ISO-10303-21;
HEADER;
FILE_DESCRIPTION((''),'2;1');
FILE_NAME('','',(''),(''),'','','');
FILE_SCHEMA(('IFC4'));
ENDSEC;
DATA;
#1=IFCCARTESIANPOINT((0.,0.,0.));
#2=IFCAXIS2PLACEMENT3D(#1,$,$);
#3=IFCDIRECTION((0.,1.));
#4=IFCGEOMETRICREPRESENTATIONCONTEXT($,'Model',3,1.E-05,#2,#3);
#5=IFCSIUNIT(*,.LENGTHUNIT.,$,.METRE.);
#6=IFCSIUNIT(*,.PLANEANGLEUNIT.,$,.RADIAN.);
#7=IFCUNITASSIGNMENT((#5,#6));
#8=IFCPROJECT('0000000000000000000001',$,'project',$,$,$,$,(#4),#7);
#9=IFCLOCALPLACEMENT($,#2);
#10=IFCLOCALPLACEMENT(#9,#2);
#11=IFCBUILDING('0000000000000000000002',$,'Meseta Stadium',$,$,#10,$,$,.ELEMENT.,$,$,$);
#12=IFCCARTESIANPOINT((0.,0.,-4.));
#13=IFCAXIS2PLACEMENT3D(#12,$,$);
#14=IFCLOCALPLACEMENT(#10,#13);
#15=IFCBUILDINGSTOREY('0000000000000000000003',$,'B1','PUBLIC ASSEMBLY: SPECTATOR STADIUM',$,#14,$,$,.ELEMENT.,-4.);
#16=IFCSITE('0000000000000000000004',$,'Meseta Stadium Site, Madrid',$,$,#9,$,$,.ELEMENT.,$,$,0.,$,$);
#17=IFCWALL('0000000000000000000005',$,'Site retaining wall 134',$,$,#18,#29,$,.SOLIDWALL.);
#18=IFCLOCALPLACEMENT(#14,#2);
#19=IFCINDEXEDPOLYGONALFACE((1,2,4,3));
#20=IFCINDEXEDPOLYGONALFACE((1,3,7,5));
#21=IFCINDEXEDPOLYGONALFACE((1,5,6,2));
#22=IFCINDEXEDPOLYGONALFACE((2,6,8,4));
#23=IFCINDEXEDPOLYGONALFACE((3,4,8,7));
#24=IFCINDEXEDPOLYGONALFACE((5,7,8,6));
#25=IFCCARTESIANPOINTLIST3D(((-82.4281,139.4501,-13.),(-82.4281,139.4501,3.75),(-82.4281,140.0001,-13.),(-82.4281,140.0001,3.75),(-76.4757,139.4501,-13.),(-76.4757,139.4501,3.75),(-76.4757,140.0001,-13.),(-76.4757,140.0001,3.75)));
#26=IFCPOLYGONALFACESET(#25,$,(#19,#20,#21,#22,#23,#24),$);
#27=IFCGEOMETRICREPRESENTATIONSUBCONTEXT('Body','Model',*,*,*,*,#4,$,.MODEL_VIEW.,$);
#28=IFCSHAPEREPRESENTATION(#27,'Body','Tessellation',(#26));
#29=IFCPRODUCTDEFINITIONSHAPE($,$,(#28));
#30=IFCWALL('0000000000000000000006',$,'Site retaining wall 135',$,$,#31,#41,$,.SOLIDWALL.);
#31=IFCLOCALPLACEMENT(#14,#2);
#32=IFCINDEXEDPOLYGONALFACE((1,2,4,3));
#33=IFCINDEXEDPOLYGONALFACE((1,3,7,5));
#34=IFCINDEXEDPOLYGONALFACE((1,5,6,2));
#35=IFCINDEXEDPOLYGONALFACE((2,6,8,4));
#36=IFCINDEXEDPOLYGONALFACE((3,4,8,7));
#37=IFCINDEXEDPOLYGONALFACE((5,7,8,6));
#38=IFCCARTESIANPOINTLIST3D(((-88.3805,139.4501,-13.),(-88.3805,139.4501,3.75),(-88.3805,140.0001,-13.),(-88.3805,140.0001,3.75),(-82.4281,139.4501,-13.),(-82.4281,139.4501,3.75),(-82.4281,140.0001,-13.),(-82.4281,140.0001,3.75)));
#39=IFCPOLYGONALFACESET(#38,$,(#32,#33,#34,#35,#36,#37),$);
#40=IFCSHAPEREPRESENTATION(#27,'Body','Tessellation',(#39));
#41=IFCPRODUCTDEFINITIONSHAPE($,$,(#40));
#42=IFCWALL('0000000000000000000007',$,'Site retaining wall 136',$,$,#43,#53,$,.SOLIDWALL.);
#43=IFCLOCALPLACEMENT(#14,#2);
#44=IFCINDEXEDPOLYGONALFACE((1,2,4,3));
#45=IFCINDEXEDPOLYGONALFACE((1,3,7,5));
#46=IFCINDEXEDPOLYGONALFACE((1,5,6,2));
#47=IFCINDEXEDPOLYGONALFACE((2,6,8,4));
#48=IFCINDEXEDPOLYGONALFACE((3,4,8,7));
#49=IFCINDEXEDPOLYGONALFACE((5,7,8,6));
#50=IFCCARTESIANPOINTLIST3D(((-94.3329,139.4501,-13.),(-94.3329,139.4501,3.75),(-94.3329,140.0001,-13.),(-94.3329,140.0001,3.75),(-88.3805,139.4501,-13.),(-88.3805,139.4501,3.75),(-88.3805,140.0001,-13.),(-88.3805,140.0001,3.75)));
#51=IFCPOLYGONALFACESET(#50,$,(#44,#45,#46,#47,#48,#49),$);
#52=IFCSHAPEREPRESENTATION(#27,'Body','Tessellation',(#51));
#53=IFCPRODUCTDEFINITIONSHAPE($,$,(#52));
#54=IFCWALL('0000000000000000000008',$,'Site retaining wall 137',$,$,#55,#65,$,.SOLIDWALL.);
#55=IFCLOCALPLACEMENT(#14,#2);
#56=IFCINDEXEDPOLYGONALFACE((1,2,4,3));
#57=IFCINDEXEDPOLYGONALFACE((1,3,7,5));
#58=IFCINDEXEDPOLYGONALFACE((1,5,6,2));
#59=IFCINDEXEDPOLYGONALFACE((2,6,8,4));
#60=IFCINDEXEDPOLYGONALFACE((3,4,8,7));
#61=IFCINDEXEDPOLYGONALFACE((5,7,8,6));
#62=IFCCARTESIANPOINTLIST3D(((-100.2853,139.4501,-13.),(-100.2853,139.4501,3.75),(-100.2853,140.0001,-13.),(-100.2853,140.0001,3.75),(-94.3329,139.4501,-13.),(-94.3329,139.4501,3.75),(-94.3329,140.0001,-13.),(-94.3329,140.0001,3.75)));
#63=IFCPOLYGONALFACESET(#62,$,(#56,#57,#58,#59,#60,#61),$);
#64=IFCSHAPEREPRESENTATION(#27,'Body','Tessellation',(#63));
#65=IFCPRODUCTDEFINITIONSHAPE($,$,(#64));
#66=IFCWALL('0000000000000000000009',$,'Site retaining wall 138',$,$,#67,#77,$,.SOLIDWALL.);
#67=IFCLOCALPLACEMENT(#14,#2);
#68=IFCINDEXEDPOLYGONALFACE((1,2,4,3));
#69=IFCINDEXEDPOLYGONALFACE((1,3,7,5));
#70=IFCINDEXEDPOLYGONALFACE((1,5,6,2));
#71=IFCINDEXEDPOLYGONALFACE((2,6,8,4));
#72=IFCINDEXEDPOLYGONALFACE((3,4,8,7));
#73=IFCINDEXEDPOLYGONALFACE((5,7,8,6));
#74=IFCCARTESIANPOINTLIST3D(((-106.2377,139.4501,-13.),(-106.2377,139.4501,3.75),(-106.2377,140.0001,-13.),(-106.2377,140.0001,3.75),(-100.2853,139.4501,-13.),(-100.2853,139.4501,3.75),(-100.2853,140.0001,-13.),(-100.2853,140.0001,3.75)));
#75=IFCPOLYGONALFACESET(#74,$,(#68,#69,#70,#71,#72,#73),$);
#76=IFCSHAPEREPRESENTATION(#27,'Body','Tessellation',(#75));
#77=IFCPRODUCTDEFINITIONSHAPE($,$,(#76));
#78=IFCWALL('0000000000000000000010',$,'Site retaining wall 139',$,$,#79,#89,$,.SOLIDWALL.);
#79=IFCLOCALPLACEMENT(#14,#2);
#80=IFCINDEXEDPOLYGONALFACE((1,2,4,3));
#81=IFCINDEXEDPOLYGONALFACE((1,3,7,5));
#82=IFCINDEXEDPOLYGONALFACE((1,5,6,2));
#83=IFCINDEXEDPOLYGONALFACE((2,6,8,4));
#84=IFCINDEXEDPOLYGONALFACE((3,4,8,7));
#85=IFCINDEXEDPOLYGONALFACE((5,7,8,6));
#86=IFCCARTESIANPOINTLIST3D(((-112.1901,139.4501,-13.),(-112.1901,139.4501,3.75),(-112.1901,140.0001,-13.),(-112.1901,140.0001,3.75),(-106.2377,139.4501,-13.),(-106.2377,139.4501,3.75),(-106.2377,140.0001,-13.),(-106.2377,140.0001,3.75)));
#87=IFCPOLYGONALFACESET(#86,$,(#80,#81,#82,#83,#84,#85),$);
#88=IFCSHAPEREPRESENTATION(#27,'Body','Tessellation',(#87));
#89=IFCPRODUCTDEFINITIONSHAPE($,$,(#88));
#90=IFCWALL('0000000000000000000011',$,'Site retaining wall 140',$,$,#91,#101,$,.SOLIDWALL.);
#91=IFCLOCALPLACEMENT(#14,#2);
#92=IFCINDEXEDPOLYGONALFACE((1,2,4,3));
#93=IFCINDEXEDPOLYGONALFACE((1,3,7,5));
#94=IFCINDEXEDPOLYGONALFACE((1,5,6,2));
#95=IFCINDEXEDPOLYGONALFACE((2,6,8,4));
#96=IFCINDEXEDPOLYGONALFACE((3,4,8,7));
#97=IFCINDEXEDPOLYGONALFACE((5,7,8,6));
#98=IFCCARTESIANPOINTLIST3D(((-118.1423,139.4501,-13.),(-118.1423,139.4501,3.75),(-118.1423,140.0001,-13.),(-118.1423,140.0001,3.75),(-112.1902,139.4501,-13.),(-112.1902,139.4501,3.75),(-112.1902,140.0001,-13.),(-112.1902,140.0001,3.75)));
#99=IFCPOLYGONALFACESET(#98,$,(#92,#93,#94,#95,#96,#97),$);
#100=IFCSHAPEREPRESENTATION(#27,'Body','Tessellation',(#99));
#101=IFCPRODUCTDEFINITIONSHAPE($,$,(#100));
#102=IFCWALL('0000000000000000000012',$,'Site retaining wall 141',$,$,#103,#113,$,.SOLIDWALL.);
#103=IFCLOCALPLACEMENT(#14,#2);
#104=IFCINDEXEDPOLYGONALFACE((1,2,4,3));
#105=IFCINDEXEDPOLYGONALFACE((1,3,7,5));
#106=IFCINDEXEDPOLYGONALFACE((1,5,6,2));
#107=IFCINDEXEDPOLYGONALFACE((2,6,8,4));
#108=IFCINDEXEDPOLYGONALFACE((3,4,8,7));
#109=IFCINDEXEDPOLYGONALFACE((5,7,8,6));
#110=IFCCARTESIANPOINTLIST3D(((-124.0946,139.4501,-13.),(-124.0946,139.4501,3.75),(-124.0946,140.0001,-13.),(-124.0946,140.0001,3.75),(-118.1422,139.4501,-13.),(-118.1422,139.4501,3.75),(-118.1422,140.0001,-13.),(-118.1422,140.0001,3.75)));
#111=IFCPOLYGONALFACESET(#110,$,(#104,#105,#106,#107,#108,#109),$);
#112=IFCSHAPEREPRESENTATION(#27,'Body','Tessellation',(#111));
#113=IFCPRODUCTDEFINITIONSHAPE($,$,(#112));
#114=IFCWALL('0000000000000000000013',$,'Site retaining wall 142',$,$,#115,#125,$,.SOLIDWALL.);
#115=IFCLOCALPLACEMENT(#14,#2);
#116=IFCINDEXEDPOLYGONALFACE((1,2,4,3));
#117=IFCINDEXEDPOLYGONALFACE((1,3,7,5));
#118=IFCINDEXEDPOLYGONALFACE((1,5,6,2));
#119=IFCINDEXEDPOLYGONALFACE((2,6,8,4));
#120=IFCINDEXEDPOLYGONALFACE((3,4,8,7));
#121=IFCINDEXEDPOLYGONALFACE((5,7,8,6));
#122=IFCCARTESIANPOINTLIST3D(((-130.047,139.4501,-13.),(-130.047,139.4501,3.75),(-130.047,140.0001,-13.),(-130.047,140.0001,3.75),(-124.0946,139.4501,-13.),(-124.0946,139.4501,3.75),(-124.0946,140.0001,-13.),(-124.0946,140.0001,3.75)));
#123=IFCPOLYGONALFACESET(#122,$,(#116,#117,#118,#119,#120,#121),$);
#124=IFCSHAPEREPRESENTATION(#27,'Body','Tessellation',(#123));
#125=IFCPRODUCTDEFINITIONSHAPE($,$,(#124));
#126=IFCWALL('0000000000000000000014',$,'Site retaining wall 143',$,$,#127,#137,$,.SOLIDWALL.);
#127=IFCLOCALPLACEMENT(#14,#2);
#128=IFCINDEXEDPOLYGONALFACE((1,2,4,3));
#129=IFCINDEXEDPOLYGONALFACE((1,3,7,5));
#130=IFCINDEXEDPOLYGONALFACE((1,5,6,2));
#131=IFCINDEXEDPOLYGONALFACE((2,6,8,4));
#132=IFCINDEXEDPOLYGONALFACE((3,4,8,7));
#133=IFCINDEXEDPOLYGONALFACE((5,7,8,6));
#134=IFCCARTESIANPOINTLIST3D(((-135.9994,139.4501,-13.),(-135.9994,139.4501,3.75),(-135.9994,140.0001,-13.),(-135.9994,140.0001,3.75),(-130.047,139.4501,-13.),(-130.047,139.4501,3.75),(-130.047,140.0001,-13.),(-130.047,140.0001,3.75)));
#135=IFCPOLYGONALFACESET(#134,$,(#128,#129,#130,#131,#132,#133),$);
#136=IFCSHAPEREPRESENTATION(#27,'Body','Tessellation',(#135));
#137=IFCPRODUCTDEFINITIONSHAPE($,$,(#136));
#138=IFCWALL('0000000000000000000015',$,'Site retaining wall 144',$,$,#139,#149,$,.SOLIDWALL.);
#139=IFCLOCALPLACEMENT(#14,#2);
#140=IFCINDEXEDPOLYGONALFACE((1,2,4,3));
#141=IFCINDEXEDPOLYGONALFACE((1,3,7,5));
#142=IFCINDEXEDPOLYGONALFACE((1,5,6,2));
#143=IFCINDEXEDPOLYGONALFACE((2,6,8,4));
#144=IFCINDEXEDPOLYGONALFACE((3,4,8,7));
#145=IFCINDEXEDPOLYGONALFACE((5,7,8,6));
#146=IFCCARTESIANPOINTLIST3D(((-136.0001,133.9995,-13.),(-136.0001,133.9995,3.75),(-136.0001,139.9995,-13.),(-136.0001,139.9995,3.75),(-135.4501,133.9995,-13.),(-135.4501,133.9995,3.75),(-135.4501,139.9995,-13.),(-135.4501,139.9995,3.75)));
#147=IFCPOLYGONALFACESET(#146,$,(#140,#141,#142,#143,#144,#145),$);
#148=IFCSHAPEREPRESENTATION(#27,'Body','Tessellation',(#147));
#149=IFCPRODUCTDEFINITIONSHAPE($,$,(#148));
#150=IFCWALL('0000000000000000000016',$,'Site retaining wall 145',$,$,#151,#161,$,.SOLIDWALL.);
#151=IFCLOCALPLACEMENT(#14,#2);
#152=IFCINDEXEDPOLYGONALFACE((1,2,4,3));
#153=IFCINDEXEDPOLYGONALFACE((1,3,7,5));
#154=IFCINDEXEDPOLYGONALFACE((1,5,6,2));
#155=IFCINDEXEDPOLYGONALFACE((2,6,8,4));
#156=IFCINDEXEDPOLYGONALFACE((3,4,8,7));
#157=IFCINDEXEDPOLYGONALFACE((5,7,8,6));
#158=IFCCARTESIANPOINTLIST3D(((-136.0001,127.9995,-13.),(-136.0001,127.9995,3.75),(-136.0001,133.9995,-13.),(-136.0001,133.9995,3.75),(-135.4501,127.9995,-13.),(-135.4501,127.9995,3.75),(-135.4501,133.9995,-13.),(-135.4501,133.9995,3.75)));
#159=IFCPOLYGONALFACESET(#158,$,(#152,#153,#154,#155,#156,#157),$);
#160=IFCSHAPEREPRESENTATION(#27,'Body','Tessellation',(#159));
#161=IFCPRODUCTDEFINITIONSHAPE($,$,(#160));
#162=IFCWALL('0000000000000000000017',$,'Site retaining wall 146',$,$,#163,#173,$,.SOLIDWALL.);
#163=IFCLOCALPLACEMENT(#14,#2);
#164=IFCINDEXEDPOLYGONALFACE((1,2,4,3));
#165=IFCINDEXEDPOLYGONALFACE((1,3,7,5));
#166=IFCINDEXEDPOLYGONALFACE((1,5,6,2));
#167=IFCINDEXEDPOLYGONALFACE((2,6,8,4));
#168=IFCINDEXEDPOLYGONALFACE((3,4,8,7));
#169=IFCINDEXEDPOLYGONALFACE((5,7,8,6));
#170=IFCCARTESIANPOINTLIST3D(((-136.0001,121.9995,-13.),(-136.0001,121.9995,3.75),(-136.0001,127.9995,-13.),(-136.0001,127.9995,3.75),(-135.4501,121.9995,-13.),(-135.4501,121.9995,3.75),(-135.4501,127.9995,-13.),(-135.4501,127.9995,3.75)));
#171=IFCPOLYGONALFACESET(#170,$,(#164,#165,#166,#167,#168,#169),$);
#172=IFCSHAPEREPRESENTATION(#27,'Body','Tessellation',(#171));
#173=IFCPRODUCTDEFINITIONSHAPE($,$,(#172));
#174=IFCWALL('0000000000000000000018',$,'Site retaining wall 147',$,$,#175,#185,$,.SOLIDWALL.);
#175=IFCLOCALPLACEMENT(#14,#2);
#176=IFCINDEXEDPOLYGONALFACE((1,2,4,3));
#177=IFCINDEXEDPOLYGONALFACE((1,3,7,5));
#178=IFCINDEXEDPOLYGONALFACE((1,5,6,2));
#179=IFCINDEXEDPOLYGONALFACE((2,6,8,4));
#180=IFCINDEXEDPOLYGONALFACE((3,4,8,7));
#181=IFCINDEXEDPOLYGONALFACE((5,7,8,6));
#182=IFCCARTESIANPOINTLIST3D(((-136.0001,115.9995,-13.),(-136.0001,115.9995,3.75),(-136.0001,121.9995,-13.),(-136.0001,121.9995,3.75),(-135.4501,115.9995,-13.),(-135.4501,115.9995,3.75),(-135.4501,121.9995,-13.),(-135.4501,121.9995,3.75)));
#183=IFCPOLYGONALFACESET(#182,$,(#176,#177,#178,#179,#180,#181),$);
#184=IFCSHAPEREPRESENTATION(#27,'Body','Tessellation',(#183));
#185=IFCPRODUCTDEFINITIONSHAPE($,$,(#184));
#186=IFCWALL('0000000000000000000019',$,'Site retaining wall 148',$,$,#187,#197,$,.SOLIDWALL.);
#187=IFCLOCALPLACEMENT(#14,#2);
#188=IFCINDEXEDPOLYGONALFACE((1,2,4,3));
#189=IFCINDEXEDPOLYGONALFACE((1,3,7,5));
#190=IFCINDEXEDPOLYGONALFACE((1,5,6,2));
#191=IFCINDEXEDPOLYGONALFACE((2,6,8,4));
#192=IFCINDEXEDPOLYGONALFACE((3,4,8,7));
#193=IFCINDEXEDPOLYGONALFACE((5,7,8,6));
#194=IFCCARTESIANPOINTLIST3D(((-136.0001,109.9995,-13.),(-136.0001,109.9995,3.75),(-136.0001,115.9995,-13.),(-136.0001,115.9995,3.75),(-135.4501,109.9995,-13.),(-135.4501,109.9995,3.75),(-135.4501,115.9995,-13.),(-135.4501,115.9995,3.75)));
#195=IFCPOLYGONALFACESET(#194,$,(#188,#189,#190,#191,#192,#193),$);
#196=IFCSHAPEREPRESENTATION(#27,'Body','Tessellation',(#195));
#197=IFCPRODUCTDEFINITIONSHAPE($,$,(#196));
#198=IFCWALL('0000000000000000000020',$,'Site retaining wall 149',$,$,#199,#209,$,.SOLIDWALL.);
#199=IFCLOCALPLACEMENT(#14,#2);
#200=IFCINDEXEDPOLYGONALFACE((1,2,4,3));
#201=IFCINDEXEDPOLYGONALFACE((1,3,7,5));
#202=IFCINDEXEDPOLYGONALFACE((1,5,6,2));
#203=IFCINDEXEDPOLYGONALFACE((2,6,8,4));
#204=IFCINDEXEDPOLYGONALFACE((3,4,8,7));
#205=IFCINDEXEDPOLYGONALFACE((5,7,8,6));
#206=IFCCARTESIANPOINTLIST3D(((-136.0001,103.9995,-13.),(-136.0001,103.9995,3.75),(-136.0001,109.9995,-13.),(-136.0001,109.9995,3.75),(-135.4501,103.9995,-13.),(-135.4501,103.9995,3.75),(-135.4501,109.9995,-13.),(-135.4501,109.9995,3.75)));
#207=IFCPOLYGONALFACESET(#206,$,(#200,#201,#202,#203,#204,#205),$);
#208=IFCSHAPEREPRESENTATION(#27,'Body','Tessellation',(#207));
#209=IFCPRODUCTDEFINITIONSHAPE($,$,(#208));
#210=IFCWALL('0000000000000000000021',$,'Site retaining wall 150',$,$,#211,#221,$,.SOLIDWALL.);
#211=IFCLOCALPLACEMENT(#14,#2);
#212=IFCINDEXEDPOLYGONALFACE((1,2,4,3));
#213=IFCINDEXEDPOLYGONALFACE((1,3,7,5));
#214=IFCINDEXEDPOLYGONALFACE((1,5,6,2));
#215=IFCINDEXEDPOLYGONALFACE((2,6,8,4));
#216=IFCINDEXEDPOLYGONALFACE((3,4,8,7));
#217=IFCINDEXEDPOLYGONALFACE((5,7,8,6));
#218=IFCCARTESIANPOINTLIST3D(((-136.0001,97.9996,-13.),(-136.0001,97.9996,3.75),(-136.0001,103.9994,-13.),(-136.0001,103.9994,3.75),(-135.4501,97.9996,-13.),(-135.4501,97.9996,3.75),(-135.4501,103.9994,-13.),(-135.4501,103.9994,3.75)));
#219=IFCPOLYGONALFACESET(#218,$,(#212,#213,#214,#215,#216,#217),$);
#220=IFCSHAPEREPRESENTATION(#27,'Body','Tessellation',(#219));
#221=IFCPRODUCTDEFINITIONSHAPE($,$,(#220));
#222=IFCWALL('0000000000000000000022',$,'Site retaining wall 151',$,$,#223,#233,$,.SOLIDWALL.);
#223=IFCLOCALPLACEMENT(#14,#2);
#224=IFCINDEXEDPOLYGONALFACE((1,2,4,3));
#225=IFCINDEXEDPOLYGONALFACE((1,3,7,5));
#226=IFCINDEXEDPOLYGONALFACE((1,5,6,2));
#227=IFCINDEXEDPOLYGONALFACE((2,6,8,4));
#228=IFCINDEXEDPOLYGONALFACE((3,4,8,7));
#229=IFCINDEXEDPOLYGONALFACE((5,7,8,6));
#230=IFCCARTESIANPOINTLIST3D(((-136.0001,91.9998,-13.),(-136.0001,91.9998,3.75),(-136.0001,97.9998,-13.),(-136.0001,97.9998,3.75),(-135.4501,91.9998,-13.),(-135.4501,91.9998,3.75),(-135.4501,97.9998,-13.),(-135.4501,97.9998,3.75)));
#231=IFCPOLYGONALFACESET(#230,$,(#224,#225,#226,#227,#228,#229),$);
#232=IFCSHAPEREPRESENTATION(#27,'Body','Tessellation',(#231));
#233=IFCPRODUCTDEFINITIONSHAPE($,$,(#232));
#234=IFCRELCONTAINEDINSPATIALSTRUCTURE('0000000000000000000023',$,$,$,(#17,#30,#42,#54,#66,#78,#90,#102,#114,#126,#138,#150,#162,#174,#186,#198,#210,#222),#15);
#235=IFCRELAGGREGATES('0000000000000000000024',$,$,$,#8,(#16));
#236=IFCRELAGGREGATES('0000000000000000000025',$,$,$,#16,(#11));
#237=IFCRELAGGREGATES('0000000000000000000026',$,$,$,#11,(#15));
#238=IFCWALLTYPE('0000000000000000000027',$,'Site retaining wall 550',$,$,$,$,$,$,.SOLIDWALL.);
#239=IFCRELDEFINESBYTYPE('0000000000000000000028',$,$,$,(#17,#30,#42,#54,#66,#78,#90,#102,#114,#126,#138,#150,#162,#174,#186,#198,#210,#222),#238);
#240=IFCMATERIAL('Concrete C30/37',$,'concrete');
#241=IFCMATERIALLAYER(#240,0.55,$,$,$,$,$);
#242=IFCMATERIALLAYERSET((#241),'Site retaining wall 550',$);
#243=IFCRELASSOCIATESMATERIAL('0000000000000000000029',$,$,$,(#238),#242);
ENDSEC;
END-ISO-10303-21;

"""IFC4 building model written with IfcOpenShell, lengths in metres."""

from ifc_helpers import new_model, si_unit, direction, frame, frame_2d, origin, place, context, subcontext, project, spatial, rectangle, extrude, material, layer, layer_set, type_object, element, save


model = new_model("IFC4")

# Units and contexts
model_context = context("Model", 3, precision=1e-05, world=origin(), true_north=direction((0.0, 1.0)))
body_context = subcontext(model_context, "Body", "Model", "MODEL_VIEW")
ifc_project = project(units=[si_unit("LENGTHUNIT", "METRE"), si_unit("PLANEANGLEUNIT", "RADIAN")], contexts=[model_context])

# Site, building, storey
site_placement = place(None, origin())
site = spatial("IfcSite", under=ifc_project, at=site_placement, Name="Meseta Stadium Site, Madrid", CompositionType="ELEMENT", RefElevation=0.0)
building_placement = place(site_placement, origin())
building = spatial("IfcBuilding", under=site, at=building_placement, Name="Meseta Stadium", CompositionType="ELEMENT")
storey_placement = place(building_placement, frame((0.0, 0.0, -4.0)))
storey = spatial("IfcBuildingStorey", under=building, at=storey_placement, Name="B1", Description="PUBLIC ASSEMBLY: SPECTATOR STADIUM", CompositionType="ELEMENT", Elevation=-4.0)

# Walls
ifc_material_1 = material(Name="Concrete C30/37", Category="concrete")
ifc_layer_1 = layer(ifc_material_1, 0.55)
ifc_layer_set_1 = layer_set([ifc_layer_1], Name="Site retaining wall 550")
wall_type_1 = type_object("IfcWallType", Name="Site retaining wall 550", PredefinedType="SOLIDWALL", material=ifc_layer_set_1)
for number, where, z_axis, x_axis, name in (
    (1, (-76.4758, 139.7251, -13.0), (0.0, 0.0, 1.0), (-1.0, 0.0, 0.0), "Site retaining wall 134"),
    (2, (-82.4282, 139.7251, -13.0), (0.0, 0.0, 1.0), (-1.0, 0.0, 0.0), "Site retaining wall 135"),
    (3, (-88.3806, 139.7251, -13.0), (0.0, 0.0, 1.0), (-1.0, 0.0, 0.0), "Site retaining wall 136"),
    (4, (-94.333, 139.7251, -13.0), (0.0, 0.0, 1.0), (-1.0, 0.0, 0.0), "Site retaining wall 137"),
    (5, (-100.2854, 139.7251, -13.0), (0.0, 0.0, 1.0), (-1.0, 0.0, 0.0), "Site retaining wall 138"),
    (6, (-106.2378, 139.7251, -13.0), (0.0, 0.0, 1.0), (-1.0, 0.0, 0.0), "Site retaining wall 139"),
):
    element("IfcWall", number, at=place(storey_placement, frame(where, z_axis=z_axis, x_axis=x_axis)), inside=storey, type_object=wall_type_1, Name=name, PredefinedType="SOLIDWALL", context=body_context, shape_type="SweptSolid", body=[
        extrude(rectangle(XDim=5.9524, YDim=0.55, at=frame_2d((2.9761, 0.0))), origin(), (0.0, 0.0, 1.0), 16.75),
    ])
wall_1_placement = place(storey_placement, frame((-112.1902, 139.7251, -13.0), z_axis=(0.0, 0.0, 1.0), x_axis=(-1.0, 0.0, 0.0)))
element("IfcWall", 7, at=wall_1_placement, inside=storey, type_object=wall_type_1, Name="Site retaining wall 140", PredefinedType="SOLIDWALL", context=body_context, shape_type="SweptSolid", body=[
    extrude(rectangle(XDim=5.9521, YDim=0.55, at=frame_2d((2.9761, 0.0))), origin(), (0.0, 0.0, 1.0), 16.75),
])
for number, where, z_axis, x_axis, name in (
    (8, (-118.1423, 139.7251, -13.0), (0.0, 0.0, 1.0), (-1.0, 0.0, 0.0), "Site retaining wall 141"),
    (9, (-124.0947, 139.7251, -13.0), (0.0, 0.0, 1.0), (-1.0, 0.0, 0.0), "Site retaining wall 142"),
    (10, (-130.0471, 139.7251, -13.0), (0.0, 0.0, 1.0), (-1.0, 0.0, 0.0), "Site retaining wall 143"),
):
    element("IfcWall", number, at=place(storey_placement, frame(where, z_axis=z_axis, x_axis=x_axis)), inside=storey, type_object=wall_type_1, Name=name, PredefinedType="SOLIDWALL", context=body_context, shape_type="SweptSolid", body=[
        extrude(rectangle(XDim=5.9524, YDim=0.55, at=frame_2d((2.9761, 0.0))), origin(), (0.0, 0.0, 1.0), 16.75),
    ])
for number, where, z_axis, x_axis, name in (
    (11, (-135.7251, 139.9995, -13.0), (0.0, 0.0, 1.0), (0.0, -1.0, 0.0), "Site retaining wall 144"),
    (12, (-135.7251, 133.9995, -13.0), (0.0, 0.0, 1.0), (0.0, -1.0, 0.0), "Site retaining wall 145"),
    (13, (-135.7251, 127.9995, -13.0), (0.0, 0.0, 1.0), (0.0, -1.0, 0.0), "Site retaining wall 146"),
    (14, (-135.7251, 121.9995, -13.0), (0.0, 0.0, 1.0), (0.0, -1.0, 0.0), "Site retaining wall 147"),
    (15, (-135.7251, 115.9995, -13.0), (0.0, 0.0, 1.0), (0.0, -1.0, 0.0), "Site retaining wall 148"),
    (16, (-135.7251, 109.9995, -13.0), (0.0, 0.0, 1.0), (0.0, -1.0, 0.0), "Site retaining wall 149"),
):
    element("IfcWall", number, at=place(storey_placement, frame(where, z_axis=z_axis, x_axis=x_axis)), inside=storey, type_object=wall_type_1, Name=name, PredefinedType="SOLIDWALL", context=body_context, shape_type="SweptSolid", body=[
        extrude(rectangle(XDim=6.0, YDim=0.55, at=frame_2d((3.0, 0.0))), origin(), (0.0, 0.0, 1.0), 16.75),
    ])
wall_2_placement = place(storey_placement, frame((-135.7251, 103.9995, -13.0), z_axis=(0.0, 0.0, 1.0), x_axis=(0.0, -1.0, 0.0)))
element("IfcWall", 17, at=wall_2_placement, inside=storey, type_object=wall_type_1, Name="Site retaining wall 150", PredefinedType="SOLIDWALL", context=body_context, shape_type="SweptSolid", body=[
    extrude(rectangle(XDim=5.9998, YDim=0.55, at=frame_2d((3.0, 0.0))), origin(), (0.0, 0.0, 1.0), 16.75),
])
for number, where, z_axis, x_axis, name in (
    (18, (-135.7251, 97.9998, -13.0), (0.0, 0.0, 1.0), (0.0, -1.0, 0.0), "Site retaining wall 151"),
):
    element("IfcWall", number, at=place(storey_placement, frame(where, z_axis=z_axis, x_axis=x_axis)), inside=storey, type_object=wall_type_1, Name=name, PredefinedType="SOLIDWALL", context=body_context, shape_type="SweptSolid", body=[
        extrude(rectangle(XDim=6.0, YDim=0.55, at=frame_2d((3.0, 0.0))), origin(), (0.0, 0.0, 1.0), 16.75),
    ])

save(model, "model.ifc")
